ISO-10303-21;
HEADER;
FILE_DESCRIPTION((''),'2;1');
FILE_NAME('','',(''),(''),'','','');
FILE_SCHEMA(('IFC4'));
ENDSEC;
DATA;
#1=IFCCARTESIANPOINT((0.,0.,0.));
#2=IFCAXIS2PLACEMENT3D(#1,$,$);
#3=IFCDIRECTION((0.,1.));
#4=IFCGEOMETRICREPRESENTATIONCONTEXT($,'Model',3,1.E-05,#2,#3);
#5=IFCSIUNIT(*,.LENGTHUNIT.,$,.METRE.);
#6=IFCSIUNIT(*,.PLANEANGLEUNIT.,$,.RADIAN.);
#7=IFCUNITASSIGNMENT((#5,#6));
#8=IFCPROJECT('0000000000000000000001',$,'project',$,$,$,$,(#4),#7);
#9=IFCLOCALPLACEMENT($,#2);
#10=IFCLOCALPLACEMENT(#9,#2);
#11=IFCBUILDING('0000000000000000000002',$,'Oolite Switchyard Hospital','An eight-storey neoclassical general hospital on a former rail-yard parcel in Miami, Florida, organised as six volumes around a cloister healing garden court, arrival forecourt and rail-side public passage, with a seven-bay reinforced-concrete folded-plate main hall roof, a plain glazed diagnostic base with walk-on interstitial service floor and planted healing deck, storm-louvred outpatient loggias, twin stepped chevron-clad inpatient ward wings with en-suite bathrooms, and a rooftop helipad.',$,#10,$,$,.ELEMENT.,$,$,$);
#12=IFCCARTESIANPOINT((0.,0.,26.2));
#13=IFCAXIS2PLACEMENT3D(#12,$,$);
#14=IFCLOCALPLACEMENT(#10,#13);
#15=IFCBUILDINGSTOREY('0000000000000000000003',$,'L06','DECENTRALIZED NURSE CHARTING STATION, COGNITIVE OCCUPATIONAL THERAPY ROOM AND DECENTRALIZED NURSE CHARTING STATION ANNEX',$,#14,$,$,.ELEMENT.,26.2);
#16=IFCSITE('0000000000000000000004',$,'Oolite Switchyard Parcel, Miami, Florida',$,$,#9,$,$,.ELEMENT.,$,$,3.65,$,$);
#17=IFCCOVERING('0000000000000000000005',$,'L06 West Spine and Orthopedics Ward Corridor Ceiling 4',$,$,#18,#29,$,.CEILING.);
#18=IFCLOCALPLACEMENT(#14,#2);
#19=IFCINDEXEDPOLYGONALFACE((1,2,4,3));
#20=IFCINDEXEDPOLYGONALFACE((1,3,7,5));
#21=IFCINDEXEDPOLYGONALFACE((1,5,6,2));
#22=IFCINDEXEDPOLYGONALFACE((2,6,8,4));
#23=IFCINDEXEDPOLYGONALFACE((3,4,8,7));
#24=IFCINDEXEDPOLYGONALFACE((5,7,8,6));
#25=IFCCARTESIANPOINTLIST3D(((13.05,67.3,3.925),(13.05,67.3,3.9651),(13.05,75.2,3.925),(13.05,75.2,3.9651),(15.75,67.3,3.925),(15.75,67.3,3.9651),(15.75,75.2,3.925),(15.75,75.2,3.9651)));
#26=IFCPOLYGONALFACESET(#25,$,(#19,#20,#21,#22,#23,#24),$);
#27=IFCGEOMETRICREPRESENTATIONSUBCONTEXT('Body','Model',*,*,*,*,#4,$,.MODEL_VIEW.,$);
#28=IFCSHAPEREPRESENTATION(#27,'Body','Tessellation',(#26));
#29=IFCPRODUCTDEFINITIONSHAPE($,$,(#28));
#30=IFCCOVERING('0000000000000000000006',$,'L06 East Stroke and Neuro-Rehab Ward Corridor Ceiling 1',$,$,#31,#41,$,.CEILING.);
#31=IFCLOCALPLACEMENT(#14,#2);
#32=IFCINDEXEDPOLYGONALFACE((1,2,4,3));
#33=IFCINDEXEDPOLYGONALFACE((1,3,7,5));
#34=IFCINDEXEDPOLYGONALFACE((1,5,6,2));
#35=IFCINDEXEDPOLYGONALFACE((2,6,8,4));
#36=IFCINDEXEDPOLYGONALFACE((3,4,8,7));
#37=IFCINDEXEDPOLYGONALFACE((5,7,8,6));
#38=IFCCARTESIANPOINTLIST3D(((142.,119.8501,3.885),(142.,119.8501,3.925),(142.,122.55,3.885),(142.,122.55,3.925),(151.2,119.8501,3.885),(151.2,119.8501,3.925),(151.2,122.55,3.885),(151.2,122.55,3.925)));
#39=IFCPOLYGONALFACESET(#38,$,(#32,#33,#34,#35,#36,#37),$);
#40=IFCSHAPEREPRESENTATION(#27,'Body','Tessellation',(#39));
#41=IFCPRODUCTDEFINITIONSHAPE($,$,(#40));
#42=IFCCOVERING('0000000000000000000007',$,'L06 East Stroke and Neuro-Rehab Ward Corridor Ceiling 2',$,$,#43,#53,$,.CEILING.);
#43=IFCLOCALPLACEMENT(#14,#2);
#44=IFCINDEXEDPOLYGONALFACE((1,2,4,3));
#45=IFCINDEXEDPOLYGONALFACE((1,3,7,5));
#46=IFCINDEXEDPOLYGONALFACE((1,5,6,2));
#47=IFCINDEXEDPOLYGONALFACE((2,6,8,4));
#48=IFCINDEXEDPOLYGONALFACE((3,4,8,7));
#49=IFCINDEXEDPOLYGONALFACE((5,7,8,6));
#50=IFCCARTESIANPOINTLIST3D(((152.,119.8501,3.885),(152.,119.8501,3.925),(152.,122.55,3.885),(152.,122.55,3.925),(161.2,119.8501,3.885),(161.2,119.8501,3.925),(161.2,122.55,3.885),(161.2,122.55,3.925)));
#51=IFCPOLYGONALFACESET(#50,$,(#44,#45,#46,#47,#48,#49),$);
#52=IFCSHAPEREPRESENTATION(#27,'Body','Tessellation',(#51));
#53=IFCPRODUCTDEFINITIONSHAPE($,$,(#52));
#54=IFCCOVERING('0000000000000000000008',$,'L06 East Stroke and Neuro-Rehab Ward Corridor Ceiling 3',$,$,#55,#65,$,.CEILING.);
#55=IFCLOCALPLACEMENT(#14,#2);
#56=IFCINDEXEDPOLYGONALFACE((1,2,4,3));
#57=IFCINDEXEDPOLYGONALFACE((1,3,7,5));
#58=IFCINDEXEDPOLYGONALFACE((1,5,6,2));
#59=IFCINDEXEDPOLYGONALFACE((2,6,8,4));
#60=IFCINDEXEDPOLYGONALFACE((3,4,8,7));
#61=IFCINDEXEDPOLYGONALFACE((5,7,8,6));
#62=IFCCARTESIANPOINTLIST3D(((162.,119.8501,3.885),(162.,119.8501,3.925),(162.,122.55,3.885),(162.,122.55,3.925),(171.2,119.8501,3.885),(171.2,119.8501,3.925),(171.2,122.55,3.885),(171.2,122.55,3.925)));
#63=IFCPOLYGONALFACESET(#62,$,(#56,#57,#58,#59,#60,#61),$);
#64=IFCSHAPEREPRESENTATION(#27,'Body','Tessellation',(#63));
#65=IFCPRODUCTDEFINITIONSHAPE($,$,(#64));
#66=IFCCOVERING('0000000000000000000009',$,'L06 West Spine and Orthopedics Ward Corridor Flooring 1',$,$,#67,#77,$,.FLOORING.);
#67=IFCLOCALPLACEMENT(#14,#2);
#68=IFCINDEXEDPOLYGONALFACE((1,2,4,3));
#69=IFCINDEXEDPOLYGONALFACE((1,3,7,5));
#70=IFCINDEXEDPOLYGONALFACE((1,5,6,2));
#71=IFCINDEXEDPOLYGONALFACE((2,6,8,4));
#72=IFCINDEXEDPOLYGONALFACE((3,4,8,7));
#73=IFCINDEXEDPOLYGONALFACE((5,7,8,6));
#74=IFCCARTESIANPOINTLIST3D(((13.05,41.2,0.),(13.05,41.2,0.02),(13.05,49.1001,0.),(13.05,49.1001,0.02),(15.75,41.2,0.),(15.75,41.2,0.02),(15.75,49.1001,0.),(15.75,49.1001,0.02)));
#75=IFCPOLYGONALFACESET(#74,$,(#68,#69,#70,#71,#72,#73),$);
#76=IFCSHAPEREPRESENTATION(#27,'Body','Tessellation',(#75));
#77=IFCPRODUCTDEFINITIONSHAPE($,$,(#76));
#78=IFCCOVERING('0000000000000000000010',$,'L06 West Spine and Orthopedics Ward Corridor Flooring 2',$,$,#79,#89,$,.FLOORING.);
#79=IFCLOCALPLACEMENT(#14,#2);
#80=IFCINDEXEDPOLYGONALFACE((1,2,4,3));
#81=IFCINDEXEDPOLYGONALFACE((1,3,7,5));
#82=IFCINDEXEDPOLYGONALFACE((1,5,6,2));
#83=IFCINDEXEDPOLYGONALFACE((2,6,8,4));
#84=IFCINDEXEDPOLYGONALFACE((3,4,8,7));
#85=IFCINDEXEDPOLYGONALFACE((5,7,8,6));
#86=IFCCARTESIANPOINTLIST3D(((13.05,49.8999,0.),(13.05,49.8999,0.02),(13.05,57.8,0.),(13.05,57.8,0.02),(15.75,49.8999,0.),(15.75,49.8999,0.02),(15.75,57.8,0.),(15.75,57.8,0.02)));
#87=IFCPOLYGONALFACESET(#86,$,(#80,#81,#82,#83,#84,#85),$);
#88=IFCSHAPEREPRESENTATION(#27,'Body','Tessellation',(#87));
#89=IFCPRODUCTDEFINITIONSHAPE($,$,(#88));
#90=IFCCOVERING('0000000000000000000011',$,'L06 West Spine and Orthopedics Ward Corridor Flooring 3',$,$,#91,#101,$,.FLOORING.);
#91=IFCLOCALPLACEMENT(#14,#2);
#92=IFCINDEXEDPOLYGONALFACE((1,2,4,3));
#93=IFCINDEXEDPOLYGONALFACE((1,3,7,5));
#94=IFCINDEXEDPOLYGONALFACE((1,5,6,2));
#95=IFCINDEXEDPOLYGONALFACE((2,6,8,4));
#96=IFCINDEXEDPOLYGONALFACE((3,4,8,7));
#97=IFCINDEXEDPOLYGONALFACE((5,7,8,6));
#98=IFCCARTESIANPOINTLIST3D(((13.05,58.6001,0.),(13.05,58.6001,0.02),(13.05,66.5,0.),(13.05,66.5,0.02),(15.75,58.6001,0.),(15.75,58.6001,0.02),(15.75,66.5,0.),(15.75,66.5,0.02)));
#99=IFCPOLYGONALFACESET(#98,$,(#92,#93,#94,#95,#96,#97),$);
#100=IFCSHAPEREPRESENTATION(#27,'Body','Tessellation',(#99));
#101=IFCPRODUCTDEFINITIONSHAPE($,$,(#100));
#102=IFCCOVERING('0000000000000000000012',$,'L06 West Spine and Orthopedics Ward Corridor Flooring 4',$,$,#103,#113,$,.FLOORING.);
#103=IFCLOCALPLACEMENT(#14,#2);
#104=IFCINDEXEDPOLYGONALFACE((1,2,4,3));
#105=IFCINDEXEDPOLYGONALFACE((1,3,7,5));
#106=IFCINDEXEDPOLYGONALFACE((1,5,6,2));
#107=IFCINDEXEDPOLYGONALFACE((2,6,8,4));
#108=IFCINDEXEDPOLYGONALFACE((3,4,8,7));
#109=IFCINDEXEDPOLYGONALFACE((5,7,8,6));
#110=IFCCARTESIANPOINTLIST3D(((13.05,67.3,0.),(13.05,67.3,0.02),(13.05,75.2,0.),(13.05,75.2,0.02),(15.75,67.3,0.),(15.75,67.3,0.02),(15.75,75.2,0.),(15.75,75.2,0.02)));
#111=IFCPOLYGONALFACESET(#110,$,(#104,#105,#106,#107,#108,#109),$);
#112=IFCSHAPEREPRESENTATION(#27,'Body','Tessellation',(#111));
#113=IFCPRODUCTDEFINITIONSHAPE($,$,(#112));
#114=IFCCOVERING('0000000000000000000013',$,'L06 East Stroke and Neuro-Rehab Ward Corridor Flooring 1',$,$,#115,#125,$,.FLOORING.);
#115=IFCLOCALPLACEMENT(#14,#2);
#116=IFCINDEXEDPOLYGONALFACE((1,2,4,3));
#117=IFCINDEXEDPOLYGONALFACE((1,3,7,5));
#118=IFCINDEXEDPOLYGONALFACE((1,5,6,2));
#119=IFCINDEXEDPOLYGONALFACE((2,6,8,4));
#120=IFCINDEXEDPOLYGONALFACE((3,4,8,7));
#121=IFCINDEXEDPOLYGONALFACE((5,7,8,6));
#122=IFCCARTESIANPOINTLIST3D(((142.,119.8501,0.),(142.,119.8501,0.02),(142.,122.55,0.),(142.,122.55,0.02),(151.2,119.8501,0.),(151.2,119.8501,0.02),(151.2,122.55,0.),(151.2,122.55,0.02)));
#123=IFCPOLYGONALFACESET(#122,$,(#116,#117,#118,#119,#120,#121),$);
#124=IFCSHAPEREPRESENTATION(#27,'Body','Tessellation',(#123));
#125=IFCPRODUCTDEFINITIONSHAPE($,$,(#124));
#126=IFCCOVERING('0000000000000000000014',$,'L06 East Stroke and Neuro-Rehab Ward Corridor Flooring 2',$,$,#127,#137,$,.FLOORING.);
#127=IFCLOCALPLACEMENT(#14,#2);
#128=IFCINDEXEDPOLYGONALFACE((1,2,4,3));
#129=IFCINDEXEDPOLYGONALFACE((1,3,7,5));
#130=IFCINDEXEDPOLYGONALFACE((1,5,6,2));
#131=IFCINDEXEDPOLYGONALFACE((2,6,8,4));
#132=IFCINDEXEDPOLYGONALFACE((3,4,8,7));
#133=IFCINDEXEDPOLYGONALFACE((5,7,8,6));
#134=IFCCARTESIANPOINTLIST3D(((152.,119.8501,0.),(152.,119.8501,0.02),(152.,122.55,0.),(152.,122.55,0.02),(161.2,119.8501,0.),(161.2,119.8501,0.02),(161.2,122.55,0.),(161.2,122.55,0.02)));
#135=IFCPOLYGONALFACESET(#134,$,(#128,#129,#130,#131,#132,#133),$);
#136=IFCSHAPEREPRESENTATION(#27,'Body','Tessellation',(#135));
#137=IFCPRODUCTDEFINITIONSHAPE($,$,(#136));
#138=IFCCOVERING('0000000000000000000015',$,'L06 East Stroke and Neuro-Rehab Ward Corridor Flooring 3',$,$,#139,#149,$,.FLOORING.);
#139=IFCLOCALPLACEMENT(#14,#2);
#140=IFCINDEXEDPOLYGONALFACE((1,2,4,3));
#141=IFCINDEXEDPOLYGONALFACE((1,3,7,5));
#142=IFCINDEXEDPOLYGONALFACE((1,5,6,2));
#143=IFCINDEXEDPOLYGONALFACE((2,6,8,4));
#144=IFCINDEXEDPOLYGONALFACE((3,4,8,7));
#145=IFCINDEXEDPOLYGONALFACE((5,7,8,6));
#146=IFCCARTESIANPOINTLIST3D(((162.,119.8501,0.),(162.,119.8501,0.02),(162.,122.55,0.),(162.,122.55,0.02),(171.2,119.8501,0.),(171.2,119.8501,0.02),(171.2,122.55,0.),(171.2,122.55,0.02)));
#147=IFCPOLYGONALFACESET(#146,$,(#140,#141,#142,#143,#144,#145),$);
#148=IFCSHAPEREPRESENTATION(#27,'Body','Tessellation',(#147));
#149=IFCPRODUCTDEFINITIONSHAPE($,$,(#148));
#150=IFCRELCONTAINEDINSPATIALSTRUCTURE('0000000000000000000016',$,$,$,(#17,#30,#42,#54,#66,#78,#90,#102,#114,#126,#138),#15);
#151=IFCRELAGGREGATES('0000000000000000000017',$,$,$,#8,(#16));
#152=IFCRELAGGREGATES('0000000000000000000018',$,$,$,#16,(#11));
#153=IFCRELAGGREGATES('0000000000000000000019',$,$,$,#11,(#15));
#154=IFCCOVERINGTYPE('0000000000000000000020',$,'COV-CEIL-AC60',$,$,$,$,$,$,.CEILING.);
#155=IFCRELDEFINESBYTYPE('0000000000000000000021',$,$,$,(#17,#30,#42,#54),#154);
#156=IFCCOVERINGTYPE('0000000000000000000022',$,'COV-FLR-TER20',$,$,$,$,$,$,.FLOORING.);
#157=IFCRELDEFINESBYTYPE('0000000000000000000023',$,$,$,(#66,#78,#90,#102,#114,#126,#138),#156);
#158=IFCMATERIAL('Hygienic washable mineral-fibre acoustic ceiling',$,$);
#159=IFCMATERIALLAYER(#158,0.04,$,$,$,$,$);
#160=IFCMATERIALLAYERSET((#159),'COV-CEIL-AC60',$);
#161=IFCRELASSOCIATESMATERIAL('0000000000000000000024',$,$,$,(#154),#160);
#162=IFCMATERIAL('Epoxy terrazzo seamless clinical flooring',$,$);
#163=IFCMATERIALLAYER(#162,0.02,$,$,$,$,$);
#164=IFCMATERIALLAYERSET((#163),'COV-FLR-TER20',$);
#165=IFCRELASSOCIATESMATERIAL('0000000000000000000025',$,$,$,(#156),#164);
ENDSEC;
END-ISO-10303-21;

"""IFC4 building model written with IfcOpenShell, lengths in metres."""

from ifc_helpers import new_model, si_unit, direction, frame, origin, place, context, subcontext, project, spatial, polyline, outline, extrude, material, layer, layer_set, type_object, element, save


model = new_model("IFC4")

# Units and contexts
model_context = context("Model", 3, precision=1e-05, world=origin(), true_north=direction((0.0, 1.0)))
body_context = subcontext(model_context, "Body", "Model", "MODEL_VIEW")
ifc_project = project(units=[si_unit("LENGTHUNIT", "METRE"), si_unit("PLANEANGLEUNIT", "RADIAN")], contexts=[model_context])

# Site, building, storey
site_placement = place(None, origin())
site = spatial("IfcSite", under=ifc_project, at=site_placement, Name="Oolite Switchyard Parcel, Miami, Florida", CompositionType="ELEMENT", RefElevation=3.65)
building_placement = place(site_placement, origin())
building = spatial("IfcBuilding", under=site, at=building_placement, Name="Oolite Switchyard Hospital", Description="An eight-storey neoclassical general hospital on a former rail-yard parcel in Miami, Florida, organised as six volumes around a cloister healing garden court, arrival forecourt and rail-side public passage, with a seven-bay reinforced-concrete folded-plate main hall roof, a plain glazed diagnostic base with walk-on interstitial service floor and planted healing deck, storm-louvred outpatient loggias, twin stepped chevron-clad inpatient ward wings with en-suite bathrooms, and a rooftop helipad.", CompositionType="ELEMENT")
storey_placement = place(building_placement, frame((0.0, 0.0, 26.2)))
storey = spatial("IfcBuildingStorey", under=building, at=storey_placement, Name="L06", Description="DECENTRALIZED NURSE CHARTING STATION, COGNITIVE OCCUPATIONAL THERAPY ROOM AND DECENTRALIZED NURSE CHARTING STATION ANNEX", CompositionType="ELEMENT", Elevation=26.2)

# Coverings
ifc_material_1 = material(Name="Hygienic washable mineral-fibre acoustic ceiling")
ifc_layer_1 = layer(ifc_material_1, 0.04)
ifc_layer_set_1 = layer_set([ifc_layer_1], Name="COV-CEIL-AC60")
covering_type_1 = type_object("IfcCoveringType", Name="COV-CEIL-AC60", PredefinedType="CEILING", material=ifc_layer_set_1)
covering_1_placement = place(storey_placement, frame((0.0, 0.0, 3.925)))
element("IfcCovering", 1, at=covering_1_placement, inside=storey, type_object=covering_type_1, Name="L06 West Spine and Orthopedics Ward Corridor Ceiling 4", PredefinedType="CEILING", context=body_context, shape_type="SweptSolid", body=[
    extrude(outline(polyline([(13.05, 67.3), (15.75, 67.3), (15.75, 75.2), (13.05, 75.2), (13.05, 67.3)])), origin(), (0.0, 0.0, 1.0), 0.04),
])
covering_2_placement = place(storey_placement, frame((0.0, 0.0, 3.885)))
element("IfcCovering", 2, at=covering_2_placement, inside=storey, type_object=covering_type_1, Name="L06 East Stroke and Neuro-Rehab Ward Corridor Ceiling 1", PredefinedType="CEILING", context=body_context, shape_type="SweptSolid", body=[
    extrude(outline(polyline([(142.0, 119.8501), (151.2, 119.8501), (151.2, 122.55), (142.0, 122.55), (142.0, 119.8501)])), origin(), (0.0, 0.0, 1.0), 0.04),
])
covering_3_placement = place(storey_placement, frame((0.0, 0.0, 3.885)))
element("IfcCovering", 3, at=covering_3_placement, inside=storey, type_object=covering_type_1, Name="L06 East Stroke and Neuro-Rehab Ward Corridor Ceiling 2", PredefinedType="CEILING", context=body_context, shape_type="SweptSolid", body=[
    extrude(outline(polyline([(152.0, 119.8501), (161.2, 119.8501), (161.2, 122.55), (152.0, 122.55), (152.0, 119.8501)])), origin(), (0.0, 0.0, 1.0), 0.04),
])
covering_4_placement = place(storey_placement, frame((0.0, 0.0, 3.885)))
element("IfcCovering", 4, at=covering_4_placement, inside=storey, type_object=covering_type_1, Name="L06 East Stroke and Neuro-Rehab Ward Corridor Ceiling 3", PredefinedType="CEILING", context=body_context, shape_type="SweptSolid", body=[
    extrude(outline(polyline([(162.0, 119.8501), (171.2, 119.8501), (171.2, 122.55), (162.0, 122.55), (162.0, 119.8501)])), origin(), (0.0, 0.0, 1.0), 0.04),
])
ifc_material_2 = material(Name="Epoxy terrazzo seamless clinical flooring")
ifc_layer_2 = layer(ifc_material_2, 0.02)
ifc_layer_set_2 = layer_set([ifc_layer_2], Name="COV-FLR-TER20")
covering_type_2 = type_object("IfcCoveringType", Name="COV-FLR-TER20", PredefinedType="FLOORING", material=ifc_layer_set_2)
covering_5_placement = place(storey_placement, origin())
element("IfcCovering", 5, at=covering_5_placement, inside=storey, type_object=covering_type_2, Name="L06 West Spine and Orthopedics Ward Corridor Flooring 1", PredefinedType="FLOORING", context=body_context, shape_type="SweptSolid", body=[
    extrude(outline(polyline([(13.05, 41.2), (15.75, 41.2), (15.75, 49.1001), (13.05, 49.1001), (13.05, 41.2)])), origin(), (0.0, 0.0, 1.0), 0.02),
])
covering_6_placement = place(storey_placement, origin())
element("IfcCovering", 6, at=covering_6_placement, inside=storey, type_object=covering_type_2, Name="L06 West Spine and Orthopedics Ward Corridor Flooring 2", PredefinedType="FLOORING", context=body_context, shape_type="SweptSolid", body=[
    extrude(outline(polyline([(13.05, 49.8999), (15.75, 49.8999), (15.75, 57.8), (13.05, 57.8), (13.05, 49.8999)])), origin(), (0.0, 0.0, 1.0), 0.02),
])
covering_7_placement = place(storey_placement, origin())
element("IfcCovering", 7, at=covering_7_placement, inside=storey, type_object=covering_type_2, Name="L06 West Spine and Orthopedics Ward Corridor Flooring 3", PredefinedType="FLOORING", context=body_context, shape_type="SweptSolid", body=[
    extrude(outline(polyline([(13.05, 58.6001), (15.75, 58.6001), (15.75, 66.5), (13.05, 66.5), (13.05, 58.6001)])), origin(), (0.0, 0.0, 1.0), 0.02),
])
covering_8_placement = place(storey_placement, origin())
element("IfcCovering", 8, at=covering_8_placement, inside=storey, type_object=covering_type_2, Name="L06 West Spine and Orthopedics Ward Corridor Flooring 4", PredefinedType="FLOORING", context=body_context, shape_type="SweptSolid", body=[
    extrude(outline(polyline([(13.05, 67.3), (15.75, 67.3), (15.75, 75.2), (13.05, 75.2), (13.05, 67.3)])), origin(), (0.0, 0.0, 1.0), 0.02),
])
covering_9_placement = place(storey_placement, origin())
element("IfcCovering", 9, at=covering_9_placement, inside=storey, type_object=covering_type_2, Name="L06 East Stroke and Neuro-Rehab Ward Corridor Flooring 1", PredefinedType="FLOORING", context=body_context, shape_type="SweptSolid", body=[
    extrude(outline(polyline([(142.0, 119.8501), (151.2, 119.8501), (151.2, 122.55), (142.0, 122.55), (142.0, 119.8501)])), origin(), (0.0, 0.0, 1.0), 0.02),
])
covering_10_placement = place(storey_placement, origin())
element("IfcCovering", 10, at=covering_10_placement, inside=storey, type_object=covering_type_2, Name="L06 East Stroke and Neuro-Rehab Ward Corridor Flooring 2", PredefinedType="FLOORING", context=body_context, shape_type="SweptSolid", body=[
    extrude(outline(polyline([(152.0, 119.8501), (161.2, 119.8501), (161.2, 122.55), (152.0, 122.55), (152.0, 119.8501)])), origin(), (0.0, 0.0, 1.0), 0.02),
])
covering_11_placement = place(storey_placement, origin())
element("IfcCovering", 11, at=covering_11_placement, inside=storey, type_object=covering_type_2, Name="L06 East Stroke and Neuro-Rehab Ward Corridor Flooring 3", PredefinedType="FLOORING", context=body_context, shape_type="SweptSolid", body=[
    extrude(outline(polyline([(162.0, 119.8501), (171.2, 119.8501), (171.2, 122.55), (162.0, 122.55), (162.0, 119.8501)])), origin(), (0.0, 0.0, 1.0), 0.02),
])

save(model, "model.ifc")
